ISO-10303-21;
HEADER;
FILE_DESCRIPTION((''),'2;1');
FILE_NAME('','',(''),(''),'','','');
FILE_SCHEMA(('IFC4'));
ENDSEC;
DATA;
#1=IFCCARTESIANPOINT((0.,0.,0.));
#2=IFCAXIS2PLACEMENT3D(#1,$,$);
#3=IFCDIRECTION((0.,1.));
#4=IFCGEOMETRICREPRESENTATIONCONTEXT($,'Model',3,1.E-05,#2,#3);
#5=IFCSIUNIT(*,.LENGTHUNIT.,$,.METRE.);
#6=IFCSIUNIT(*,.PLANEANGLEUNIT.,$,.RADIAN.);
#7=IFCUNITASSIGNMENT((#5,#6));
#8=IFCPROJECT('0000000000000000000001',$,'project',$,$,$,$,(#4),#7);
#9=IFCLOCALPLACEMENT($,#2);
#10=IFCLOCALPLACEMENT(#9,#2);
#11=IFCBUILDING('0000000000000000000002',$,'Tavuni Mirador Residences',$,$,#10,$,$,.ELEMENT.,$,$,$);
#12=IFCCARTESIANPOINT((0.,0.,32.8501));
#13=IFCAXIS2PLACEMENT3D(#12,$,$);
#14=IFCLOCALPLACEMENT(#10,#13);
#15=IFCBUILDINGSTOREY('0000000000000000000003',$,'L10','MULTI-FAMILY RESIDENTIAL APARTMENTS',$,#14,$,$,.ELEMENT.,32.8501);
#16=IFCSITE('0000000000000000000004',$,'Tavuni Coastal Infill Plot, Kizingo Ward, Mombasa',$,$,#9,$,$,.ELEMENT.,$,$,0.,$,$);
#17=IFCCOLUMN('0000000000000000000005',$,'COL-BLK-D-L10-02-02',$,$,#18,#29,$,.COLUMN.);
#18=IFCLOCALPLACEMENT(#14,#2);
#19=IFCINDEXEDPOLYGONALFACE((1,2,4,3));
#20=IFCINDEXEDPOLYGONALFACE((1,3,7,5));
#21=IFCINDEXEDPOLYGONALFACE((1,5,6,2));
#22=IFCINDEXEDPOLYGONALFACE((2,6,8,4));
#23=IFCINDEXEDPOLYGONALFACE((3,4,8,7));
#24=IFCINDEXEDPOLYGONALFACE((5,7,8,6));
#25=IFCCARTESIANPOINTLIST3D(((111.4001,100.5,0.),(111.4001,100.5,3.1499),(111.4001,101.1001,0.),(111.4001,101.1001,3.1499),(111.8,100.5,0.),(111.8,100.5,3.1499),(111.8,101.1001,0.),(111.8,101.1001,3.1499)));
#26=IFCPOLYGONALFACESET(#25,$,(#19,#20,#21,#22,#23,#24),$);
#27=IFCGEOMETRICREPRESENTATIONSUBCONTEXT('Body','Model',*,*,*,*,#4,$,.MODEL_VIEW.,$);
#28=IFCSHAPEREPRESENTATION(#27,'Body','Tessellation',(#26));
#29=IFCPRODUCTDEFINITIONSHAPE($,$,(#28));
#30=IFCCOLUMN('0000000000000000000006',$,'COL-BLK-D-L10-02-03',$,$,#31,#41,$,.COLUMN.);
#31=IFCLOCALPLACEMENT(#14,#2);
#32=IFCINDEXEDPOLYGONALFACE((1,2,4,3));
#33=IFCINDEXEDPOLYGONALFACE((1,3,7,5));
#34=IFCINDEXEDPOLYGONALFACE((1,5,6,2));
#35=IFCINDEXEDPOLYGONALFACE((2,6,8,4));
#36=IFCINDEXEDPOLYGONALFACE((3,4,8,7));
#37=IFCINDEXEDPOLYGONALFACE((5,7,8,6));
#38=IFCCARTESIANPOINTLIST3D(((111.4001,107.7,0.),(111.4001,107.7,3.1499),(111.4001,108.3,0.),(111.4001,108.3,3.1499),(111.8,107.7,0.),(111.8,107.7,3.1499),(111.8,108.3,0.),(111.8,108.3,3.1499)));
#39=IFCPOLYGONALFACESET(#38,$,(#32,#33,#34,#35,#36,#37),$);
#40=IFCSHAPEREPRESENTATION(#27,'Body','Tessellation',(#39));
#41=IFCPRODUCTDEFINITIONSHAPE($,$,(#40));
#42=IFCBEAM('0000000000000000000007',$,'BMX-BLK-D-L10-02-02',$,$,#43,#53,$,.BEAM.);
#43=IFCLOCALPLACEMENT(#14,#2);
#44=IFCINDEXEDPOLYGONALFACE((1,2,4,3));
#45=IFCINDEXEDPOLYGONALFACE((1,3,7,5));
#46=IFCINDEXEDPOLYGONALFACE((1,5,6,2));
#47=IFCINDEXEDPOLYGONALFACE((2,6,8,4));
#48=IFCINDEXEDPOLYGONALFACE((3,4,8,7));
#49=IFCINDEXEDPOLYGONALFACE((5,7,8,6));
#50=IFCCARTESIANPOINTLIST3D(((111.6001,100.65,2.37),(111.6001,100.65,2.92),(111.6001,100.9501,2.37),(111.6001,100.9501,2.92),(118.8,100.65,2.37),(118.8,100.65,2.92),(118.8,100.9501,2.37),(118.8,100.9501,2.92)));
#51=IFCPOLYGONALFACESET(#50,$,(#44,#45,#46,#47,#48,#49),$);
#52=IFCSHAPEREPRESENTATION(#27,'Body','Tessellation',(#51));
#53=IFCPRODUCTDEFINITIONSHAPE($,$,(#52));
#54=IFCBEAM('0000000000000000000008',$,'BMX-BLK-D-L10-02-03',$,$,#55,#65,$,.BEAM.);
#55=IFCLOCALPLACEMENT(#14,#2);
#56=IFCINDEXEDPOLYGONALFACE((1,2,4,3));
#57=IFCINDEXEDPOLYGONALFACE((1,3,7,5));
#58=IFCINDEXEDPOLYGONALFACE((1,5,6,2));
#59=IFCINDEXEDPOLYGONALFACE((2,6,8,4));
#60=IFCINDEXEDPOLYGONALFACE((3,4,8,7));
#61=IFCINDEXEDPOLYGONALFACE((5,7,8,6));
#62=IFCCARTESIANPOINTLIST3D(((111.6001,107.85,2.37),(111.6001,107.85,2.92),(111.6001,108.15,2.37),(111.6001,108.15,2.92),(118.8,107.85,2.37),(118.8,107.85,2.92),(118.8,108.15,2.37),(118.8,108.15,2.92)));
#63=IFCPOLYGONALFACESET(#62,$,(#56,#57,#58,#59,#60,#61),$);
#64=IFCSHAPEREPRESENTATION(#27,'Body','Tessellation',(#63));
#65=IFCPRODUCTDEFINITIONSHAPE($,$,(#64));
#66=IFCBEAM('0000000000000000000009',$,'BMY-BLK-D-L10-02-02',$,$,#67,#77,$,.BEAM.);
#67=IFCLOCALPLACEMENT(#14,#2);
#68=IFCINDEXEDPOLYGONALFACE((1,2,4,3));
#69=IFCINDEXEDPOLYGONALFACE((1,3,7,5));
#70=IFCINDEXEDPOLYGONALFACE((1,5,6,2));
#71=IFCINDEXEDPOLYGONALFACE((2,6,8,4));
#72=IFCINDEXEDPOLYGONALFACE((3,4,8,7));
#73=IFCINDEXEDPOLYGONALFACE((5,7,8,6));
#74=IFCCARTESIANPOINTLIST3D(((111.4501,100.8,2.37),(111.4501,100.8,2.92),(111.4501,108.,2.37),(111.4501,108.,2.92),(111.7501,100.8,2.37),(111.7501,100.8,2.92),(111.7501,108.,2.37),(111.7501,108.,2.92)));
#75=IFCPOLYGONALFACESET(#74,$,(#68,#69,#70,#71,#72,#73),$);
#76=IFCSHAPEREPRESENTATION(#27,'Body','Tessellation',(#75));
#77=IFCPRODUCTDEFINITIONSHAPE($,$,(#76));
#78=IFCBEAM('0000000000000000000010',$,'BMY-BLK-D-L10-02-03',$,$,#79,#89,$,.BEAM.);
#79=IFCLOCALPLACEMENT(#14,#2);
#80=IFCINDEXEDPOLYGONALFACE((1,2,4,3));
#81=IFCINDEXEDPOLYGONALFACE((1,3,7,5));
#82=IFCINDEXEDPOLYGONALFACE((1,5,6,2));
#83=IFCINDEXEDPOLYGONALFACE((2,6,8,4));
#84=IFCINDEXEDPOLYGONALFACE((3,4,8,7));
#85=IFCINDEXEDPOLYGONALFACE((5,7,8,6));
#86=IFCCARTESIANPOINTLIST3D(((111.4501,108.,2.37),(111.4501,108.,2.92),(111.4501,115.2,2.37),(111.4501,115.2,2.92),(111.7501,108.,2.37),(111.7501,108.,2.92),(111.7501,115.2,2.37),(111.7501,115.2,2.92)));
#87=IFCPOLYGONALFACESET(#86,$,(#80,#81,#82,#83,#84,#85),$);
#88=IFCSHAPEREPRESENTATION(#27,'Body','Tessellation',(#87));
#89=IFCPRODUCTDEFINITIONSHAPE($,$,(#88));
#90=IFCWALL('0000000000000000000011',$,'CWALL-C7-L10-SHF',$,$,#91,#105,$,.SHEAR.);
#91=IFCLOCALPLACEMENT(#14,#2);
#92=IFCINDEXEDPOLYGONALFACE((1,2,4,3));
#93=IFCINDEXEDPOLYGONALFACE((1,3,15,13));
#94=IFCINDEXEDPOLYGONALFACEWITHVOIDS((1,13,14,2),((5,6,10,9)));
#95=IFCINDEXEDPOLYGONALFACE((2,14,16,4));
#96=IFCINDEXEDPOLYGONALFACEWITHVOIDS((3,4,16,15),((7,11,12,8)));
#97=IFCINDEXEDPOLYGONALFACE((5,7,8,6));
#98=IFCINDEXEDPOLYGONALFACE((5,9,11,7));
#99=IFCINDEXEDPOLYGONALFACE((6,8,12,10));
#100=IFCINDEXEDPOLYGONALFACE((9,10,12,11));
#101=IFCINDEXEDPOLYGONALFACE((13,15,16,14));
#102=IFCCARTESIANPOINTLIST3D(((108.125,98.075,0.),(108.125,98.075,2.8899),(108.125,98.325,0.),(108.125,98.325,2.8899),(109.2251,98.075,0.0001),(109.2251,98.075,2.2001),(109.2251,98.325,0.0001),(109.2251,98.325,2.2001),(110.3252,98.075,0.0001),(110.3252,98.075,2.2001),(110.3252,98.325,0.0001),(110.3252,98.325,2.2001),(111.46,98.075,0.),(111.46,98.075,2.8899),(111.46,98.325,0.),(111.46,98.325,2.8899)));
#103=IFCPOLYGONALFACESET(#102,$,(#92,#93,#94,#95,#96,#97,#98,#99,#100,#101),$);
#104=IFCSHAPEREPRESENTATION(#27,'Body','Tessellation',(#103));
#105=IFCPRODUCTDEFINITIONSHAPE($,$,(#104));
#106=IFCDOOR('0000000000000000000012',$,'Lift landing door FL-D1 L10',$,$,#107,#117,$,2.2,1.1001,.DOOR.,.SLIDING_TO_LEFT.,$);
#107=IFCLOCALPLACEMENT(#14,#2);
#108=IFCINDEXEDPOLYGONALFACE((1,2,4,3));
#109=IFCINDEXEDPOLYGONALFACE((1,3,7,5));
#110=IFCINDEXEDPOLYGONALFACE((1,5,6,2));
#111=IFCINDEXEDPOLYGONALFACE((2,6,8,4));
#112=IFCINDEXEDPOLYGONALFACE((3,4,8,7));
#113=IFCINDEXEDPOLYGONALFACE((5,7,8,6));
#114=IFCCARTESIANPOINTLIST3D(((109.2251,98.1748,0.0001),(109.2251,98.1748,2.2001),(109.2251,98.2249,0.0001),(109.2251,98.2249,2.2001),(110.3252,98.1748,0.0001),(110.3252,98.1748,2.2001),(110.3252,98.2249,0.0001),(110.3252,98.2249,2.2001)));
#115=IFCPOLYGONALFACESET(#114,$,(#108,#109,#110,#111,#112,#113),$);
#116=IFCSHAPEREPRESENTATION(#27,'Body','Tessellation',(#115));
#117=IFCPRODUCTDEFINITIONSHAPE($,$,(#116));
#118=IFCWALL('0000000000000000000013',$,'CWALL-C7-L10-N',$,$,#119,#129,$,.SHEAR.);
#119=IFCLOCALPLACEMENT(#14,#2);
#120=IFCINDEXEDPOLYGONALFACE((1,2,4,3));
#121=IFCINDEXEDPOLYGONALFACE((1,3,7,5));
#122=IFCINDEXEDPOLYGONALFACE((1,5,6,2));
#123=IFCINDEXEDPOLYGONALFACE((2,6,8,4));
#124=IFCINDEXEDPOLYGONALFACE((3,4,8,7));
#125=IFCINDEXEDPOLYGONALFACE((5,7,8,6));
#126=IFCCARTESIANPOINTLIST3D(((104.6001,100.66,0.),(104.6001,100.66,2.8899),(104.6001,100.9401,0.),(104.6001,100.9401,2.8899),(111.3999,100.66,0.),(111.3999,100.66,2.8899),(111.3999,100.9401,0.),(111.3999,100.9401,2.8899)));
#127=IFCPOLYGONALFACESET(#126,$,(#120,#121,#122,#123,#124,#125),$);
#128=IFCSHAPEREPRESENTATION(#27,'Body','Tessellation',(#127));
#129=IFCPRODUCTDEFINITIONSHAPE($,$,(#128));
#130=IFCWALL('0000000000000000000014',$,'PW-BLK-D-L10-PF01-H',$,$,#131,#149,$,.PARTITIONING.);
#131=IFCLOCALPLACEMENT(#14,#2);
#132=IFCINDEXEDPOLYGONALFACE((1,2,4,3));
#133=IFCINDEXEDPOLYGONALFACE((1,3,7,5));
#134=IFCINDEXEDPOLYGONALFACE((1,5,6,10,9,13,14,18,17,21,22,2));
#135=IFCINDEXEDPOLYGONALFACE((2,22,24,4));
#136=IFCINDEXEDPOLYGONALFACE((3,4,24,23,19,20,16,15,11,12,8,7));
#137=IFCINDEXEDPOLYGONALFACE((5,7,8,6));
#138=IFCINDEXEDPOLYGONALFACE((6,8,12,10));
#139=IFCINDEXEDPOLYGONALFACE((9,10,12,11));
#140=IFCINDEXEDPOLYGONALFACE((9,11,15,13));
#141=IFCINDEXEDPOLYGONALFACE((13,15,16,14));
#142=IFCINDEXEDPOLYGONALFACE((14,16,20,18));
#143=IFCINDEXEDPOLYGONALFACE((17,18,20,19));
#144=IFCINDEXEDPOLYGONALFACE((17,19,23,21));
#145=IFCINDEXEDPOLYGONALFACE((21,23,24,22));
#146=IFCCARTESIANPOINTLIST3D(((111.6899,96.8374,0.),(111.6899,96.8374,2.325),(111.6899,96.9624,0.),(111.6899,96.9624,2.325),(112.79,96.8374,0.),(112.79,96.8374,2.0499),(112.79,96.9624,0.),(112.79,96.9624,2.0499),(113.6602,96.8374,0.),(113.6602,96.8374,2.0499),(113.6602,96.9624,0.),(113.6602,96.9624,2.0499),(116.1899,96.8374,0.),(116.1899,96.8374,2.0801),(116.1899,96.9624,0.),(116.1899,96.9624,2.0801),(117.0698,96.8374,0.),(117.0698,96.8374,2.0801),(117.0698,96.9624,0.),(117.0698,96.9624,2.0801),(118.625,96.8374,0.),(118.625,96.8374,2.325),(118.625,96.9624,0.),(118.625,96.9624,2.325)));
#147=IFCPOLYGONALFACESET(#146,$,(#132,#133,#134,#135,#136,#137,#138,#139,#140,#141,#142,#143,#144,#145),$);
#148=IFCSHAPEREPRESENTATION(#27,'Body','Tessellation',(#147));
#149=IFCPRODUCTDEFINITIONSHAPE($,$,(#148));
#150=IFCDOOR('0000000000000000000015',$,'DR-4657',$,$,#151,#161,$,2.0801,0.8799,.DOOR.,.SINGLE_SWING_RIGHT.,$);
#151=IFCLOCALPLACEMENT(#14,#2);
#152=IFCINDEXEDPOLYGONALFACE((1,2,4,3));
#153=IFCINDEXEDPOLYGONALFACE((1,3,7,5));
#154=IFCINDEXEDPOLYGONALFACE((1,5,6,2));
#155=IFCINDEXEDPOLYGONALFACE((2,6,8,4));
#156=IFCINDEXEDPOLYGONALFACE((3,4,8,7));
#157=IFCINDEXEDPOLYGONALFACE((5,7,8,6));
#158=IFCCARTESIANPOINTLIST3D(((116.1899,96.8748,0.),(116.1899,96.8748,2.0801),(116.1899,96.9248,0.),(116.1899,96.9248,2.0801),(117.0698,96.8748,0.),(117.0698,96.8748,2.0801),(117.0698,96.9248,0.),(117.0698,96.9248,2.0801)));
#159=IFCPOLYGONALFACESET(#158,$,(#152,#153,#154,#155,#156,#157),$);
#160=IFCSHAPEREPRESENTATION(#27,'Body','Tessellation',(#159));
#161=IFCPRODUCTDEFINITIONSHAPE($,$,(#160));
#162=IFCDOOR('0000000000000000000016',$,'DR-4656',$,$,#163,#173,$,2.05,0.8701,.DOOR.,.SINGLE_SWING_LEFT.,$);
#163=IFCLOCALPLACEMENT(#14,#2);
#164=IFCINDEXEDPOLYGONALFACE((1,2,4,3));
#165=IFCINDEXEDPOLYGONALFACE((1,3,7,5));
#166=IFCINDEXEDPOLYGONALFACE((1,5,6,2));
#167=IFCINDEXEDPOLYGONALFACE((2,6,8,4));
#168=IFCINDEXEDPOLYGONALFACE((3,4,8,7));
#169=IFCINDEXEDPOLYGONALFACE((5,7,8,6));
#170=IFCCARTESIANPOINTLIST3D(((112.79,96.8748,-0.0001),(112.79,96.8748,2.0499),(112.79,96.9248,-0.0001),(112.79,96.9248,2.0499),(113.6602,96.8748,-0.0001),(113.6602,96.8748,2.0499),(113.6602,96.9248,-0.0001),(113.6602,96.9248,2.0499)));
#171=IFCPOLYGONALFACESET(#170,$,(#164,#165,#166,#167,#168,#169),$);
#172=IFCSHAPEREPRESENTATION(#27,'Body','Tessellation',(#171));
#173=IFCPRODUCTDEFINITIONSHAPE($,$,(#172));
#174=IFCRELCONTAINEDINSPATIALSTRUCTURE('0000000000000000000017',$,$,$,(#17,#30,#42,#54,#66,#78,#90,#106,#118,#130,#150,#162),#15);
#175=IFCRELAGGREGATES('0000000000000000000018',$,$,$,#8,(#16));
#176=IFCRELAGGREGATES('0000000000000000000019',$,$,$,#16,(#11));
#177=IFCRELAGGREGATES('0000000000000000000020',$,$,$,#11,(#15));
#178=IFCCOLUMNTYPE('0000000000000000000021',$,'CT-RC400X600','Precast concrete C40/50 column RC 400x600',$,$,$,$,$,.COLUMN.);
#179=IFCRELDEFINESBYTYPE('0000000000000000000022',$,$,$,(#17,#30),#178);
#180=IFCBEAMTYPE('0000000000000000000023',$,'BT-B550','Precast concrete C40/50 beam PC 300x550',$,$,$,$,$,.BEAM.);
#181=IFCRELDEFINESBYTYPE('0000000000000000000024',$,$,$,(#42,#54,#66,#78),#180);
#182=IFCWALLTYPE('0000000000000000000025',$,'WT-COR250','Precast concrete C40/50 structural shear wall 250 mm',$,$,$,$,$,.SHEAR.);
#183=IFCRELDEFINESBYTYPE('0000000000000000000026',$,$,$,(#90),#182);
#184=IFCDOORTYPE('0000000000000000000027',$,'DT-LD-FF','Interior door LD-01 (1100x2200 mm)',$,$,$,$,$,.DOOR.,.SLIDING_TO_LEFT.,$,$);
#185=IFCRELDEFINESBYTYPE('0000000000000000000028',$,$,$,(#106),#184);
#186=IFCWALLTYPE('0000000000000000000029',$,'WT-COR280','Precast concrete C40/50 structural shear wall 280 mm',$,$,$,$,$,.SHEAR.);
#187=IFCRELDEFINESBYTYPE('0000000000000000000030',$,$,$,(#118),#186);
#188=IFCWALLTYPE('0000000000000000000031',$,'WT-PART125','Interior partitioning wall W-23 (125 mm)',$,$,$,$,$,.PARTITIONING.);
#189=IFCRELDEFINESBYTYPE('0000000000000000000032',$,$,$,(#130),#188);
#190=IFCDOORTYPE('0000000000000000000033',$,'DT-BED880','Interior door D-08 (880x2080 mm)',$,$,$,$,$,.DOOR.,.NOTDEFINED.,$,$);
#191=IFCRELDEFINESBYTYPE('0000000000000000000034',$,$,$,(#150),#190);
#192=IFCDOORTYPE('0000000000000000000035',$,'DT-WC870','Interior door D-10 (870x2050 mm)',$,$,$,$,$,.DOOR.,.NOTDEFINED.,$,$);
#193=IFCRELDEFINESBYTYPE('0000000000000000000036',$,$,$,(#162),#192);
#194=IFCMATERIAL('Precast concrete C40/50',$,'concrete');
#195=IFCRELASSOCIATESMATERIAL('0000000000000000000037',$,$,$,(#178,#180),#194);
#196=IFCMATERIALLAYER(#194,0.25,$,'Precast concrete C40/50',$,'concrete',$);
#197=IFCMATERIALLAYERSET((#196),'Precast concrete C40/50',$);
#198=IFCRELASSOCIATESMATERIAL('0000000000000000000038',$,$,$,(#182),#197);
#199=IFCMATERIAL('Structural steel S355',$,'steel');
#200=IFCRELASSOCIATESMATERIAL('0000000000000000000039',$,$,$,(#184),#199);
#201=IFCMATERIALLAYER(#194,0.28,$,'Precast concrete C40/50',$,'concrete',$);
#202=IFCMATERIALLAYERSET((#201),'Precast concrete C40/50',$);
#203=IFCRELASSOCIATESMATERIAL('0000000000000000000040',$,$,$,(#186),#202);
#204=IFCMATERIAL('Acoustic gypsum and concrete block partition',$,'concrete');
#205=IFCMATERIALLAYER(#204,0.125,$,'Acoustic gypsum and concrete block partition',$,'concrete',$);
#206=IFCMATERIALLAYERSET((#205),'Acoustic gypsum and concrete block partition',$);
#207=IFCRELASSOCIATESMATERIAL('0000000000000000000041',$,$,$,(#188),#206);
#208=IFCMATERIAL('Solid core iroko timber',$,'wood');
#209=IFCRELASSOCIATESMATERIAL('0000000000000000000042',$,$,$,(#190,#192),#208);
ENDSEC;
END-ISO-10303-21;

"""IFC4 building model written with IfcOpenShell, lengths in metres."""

from ifc_helpers import new_model, si_unit, direction, frame, frame_2d, origin, origin_2d, place, context, subcontext, project, spatial, rectangle, extrude, material, layer, layer_set, material_profile, profile_set, type_object, element, fill, save


model = new_model("IFC4")

# Units and contexts
model_context = context("Model", 3, precision=1e-05, world=origin(), true_north=direction((0.0, 1.0)))
body_context = subcontext(model_context, "Body", "Model", "MODEL_VIEW")
ifc_project = project(units=[si_unit("LENGTHUNIT", "METRE"), si_unit("PLANEANGLEUNIT", "RADIAN")], contexts=[model_context])

# Site, building, storey
site_placement = place(None, origin())
site = spatial("IfcSite", under=ifc_project, at=site_placement, Name="Tavuni Coastal Infill Plot, Kizingo Ward, Mombasa", CompositionType="ELEMENT", RefElevation=0.0)
building_placement = place(site_placement, origin())
building = spatial("IfcBuilding", under=site, at=building_placement, Name="Tavuni Mirador Residences", CompositionType="ELEMENT")
storey_placement = place(building_placement, frame((0.0, 0.0, 32.8501)))
storey = spatial("IfcBuildingStorey", under=building, at=storey_placement, Name="L10", Description="MULTI-FAMILY RESIDENTIAL APARTMENTS", CompositionType="ELEMENT", Elevation=32.8501)

# Columns
ifc_material_1 = material(Name="Precast concrete C40/50", Category="concrete")
ifc_material_profile_1 = material_profile(ifc_material_1, rectangle(XDim=0.3999, YDim=0.6001, at=origin_2d()), Name="RC 400x600", Category="concrete")
ifc_profile_set_1 = profile_set([ifc_material_profile_1], Name="Precast concrete C40/50")
column_type = type_object("IfcColumnType", Name="CT-RC400X600", Description="Precast concrete C40/50 column RC 400x600", PredefinedType="COLUMN", material=ifc_profile_set_1)
for number, where, z_axis, x_axis, name in (
    (1, (111.6001, 100.8, 0.0), (0.0, 0.0, 1.0), (1.0, 0.0, 0.0), "COL-BLK-D-L10-02-02"),
    (2, (111.6001, 108.0, 0.0), (0.0, 0.0, 1.0), (1.0, 0.0, 0.0), "COL-BLK-D-L10-02-03"),
):
    element("IfcColumn", number, at=place(storey_placement, frame(where, z_axis=z_axis, x_axis=x_axis)), inside=storey, type_object=column_type, Name=name, PredefinedType="COLUMN", context=body_context, shape_type="SweptSolid", body=[
        extrude(rectangle(XDim=0.3999, YDim=0.6001, at=origin_2d()), origin(), (0.0, 0.0, 1.0), 3.1499),
    ])

# Beams
ifc_material_profile_2 = material_profile(ifc_material_1, rectangle(XDim=0.3, YDim=0.55, at=origin_2d()), Name="PC 300x550", Category="concrete")
ifc_profile_set_2 = profile_set([ifc_material_profile_2], Name="Precast concrete C40/50")
beam_type = type_object("IfcBeamType", Name="BT-B550", Description="Precast concrete C40/50 beam PC 300x550", PredefinedType="BEAM", material=ifc_profile_set_2)
for number, where, z_axis, x_axis, name in (
    (3, (111.6001, 100.8, 2.645), (1.0, 0.0, 0.0), (0.0, 1.0, 0.0), "BMX-BLK-D-L10-02-02"),
    (4, (111.6001, 108.0, 2.645), (1.0, 0.0, 0.0), (0.0, 1.0, 0.0), "BMX-BLK-D-L10-02-03"),
    (5, (111.6001, 100.8, 2.645), (0.0, 1.0, 0.0), (-1.0, 0.0, 0.0), "BMY-BLK-D-L10-02-02"),
    (6, (111.6001, 108.0, 2.645), (0.0, 1.0, 0.0), (-1.0, 0.0, 0.0), "BMY-BLK-D-L10-02-03"),
):
    element("IfcBeam", number, at=place(storey_placement, frame(where, z_axis=z_axis, x_axis=x_axis)), inside=storey, type_object=beam_type, Name=name, PredefinedType="BEAM", context=body_context, shape_type="SweptSolid", body=[
        extrude(rectangle(XDim=0.3, YDim=0.55, at=origin_2d()), origin(), (0.0, 0.0, 1.0), 7.2),
    ])

# Wall, opening, door
ifc_layer_1 = layer(ifc_material_1, 0.25, Name="Precast concrete C40/50", Category="concrete")
ifc_layer_set_1 = layer_set([ifc_layer_1], Name="Precast concrete C40/50")
wall_type_1 = type_object("IfcWallType", Name="WT-COR250", Description="Precast concrete C40/50 structural shear wall 250 mm", PredefinedType="SHEAR", material=ifc_layer_set_1)
wall_1_placement = place(storey_placement, frame((108.125, 98.2, 0.0), z_axis=(0.0, 0.0, 1.0), x_axis=(1.0, 0.0, 0.0)))
wall_1 = element("IfcWall", 7, at=wall_1_placement, inside=storey, type_object=wall_type_1, Name="CWALL-C7-L10-SHF", PredefinedType="SHEAR", context=body_context, shape_type="SweptSolid", body=[
    extrude(rectangle(XDim=3.335, YDim=0.25, at=frame_2d((1.6675, 0.0))), origin(), (0.0, 0.0, 1.0), 2.8899),
])
opening_1_placement = place(wall_1_placement, frame((1.1001, 0.0, 0.0)))
opening_1 = element("IfcOpeningElement", 8, at=opening_1_placement, cuts=wall_1, PredefinedType="OPENING", context=body_context, shape_type="SweptSolid", body=[
    extrude(rectangle(XDim=1.1001, YDim=2.2, at=frame_2d((0.55, 1.1001))), frame((0.0, 0.135, 0.0), z_axis=(0.0, -1.0, 0.0), x_axis=(1.0, 0.0, 0.0)), (0.0, 0.0, 1.0), 0.27),
])
ifc_material_2 = material(Name="Structural steel S355", Category="steel")
door_type_1 = type_object("IfcDoorType", Name="DT-LD-FF", Description="Interior door LD-01 (1100x2200 mm)", OperationType="SLIDING_TO_LEFT", PredefinedType="DOOR", material=ifc_material_2)
door_1_placement = place(opening_1_placement, origin())
door_1 = element("IfcDoor", 9, at=door_1_placement, inside=storey, type_object=door_type_1, Name="Lift landing door FL-D1 L10", OperationType="SLIDING_TO_LEFT", OverallHeight=2.2, OverallWidth=1.1001, PredefinedType="DOOR", context=body_context, shape_type="SweptSolid", body=[
    extrude(rectangle(XDim=1.1001, YDim=2.2, at=frame_2d((0.55, 1.1001))), frame((0.0, 0.0249, 0.0), z_axis=(0.0, -1.0, 0.0), x_axis=(1.0, 0.0, 0.0)), (0.0, 0.0, 1.0), 0.05),
])
fill(opening_1, door_1)
ifc_material_3 = material(Name="Solid core iroko timber", Category="wood")

# Wall
ifc_layer_2 = layer(ifc_material_1, 0.28, Name="Precast concrete C40/50", Category="concrete")
ifc_layer_set_2 = layer_set([ifc_layer_2], Name="Precast concrete C40/50")
wall_type_2 = type_object("IfcWallType", Name="WT-COR280", Description="Precast concrete C40/50 structural shear wall 280 mm", PredefinedType="SHEAR", material=ifc_layer_set_2)
wall_2_placement = place(storey_placement, frame((104.6001, 100.8, 0.0), z_axis=(0.0, 0.0, 1.0), x_axis=(1.0, 0.0, 0.0)))
element("IfcWall", 10, at=wall_2_placement, inside=storey, type_object=wall_type_2, Name="CWALL-C7-L10-N", PredefinedType="SHEAR", context=body_context, shape_type="SweptSolid", body=[
    extrude(rectangle(XDim=6.7998, YDim=0.28, at=frame_2d((3.3999, 0.0))), origin(), (0.0, 0.0, 1.0), 2.8899),
])

# Wall, openings, doors
ifc_material_4 = material(Name="Acoustic gypsum and concrete block partition", Category="concrete")
ifc_layer_3 = layer(ifc_material_4, 0.125, Name="Acoustic gypsum and concrete block partition", Category="concrete")
ifc_layer_set_3 = layer_set([ifc_layer_3], Name="Acoustic gypsum and concrete block partition")
wall_type_3 = type_object("IfcWallType", Name="WT-PART125", Description="Interior partitioning wall W-23 (125 mm)", PredefinedType="PARTITIONING", material=ifc_layer_set_3)
wall_3_placement = place(storey_placement, frame((111.6899, 96.8999, 0.0), z_axis=(0.0, 0.0, 1.0), x_axis=(1.0, 0.0, 0.0)))
wall_3 = element("IfcWall", 11, at=wall_3_placement, inside=storey, type_object=wall_type_3, Name="PW-BLK-D-L10-PF01-H", PredefinedType="PARTITIONING", context=body_context, shape_type="SweptSolid", body=[
    extrude(rectangle(XDim=6.9351, YDim=0.125, at=frame_2d((3.4675, 0.0))), origin(), (0.0, 0.0, 1.0), 2.325),
])
opening_2_placement = place(wall_3_placement, frame((1.1001, 0.0, 0.0)))
opening_2 = element("IfcOpeningElement", 12, at=opening_2_placement, cuts=wall_3, PredefinedType="OPENING", context=body_context, shape_type="SweptSolid", body=[
    extrude(rectangle(XDim=0.8701, YDim=2.05, at=frame_2d((0.4351, 1.0249))), frame((0.0, 0.0725, 0.0), z_axis=(0.0, -1.0, 0.0), x_axis=(1.0, 0.0, 0.0)), (0.0, 0.0, 1.0), 0.145),
])
opening_3_placement = place(wall_3_placement, frame((4.5, 0.0, 0.0)))
opening_3 = element("IfcOpeningElement", 13, at=opening_3_placement, cuts=wall_3, PredefinedType="OPENING", context=body_context, shape_type="SweptSolid", body=[
    extrude(rectangle(XDim=0.8799, YDim=2.0801, at=frame_2d((0.4399, 1.04))), frame((0.0, 0.0725, 0.0), z_axis=(0.0, -1.0, 0.0), x_axis=(1.0, 0.0, 0.0)), (0.0, 0.0, 1.0), 0.145),
])
door_type_2 = type_object("IfcDoorType", Name="DT-BED880", Description="Interior door D-08 (880x2080 mm)", OperationType="NOTDEFINED", PredefinedType="DOOR", material=ifc_material_3)
door_2_placement = place(opening_3_placement, origin())
door_2 = element("IfcDoor", 14, at=door_2_placement, inside=storey, type_object=door_type_2, Name="DR-4657", OperationType="SINGLE_SWING_RIGHT", OverallHeight=2.0801, OverallWidth=0.8799, PredefinedType="DOOR", context=body_context, shape_type="SweptSolid", body=[
    extrude(rectangle(XDim=0.8799, YDim=2.0801, at=frame_2d((0.4399, 1.04))), frame((0.0, 0.0249, 0.0), z_axis=(0.0, -1.0, 0.0), x_axis=(1.0, 0.0, 0.0)), (0.0, 0.0, 1.0), 0.05),
])
fill(opening_3, door_2)
door_type_3 = type_object("IfcDoorType", Name="DT-WC870", Description="Interior door D-10 (870x2050 mm)", OperationType="NOTDEFINED", PredefinedType="DOOR", material=ifc_material_3)
door_3_placement = place(opening_2_placement, origin())
door_3 = element("IfcDoor", 15, at=door_3_placement, inside=storey, type_object=door_type_3, Name="DR-4656", OperationType="SINGLE_SWING_LEFT", OverallHeight=2.05, OverallWidth=0.8701, PredefinedType="DOOR", context=body_context, shape_type="SweptSolid", body=[
    extrude(rectangle(XDim=0.8701, YDim=2.05, at=frame_2d((0.4351, 1.0249))), frame((0.0, 0.0249, 0.0), z_axis=(0.0, -1.0, 0.0), x_axis=(1.0, 0.0, 0.0)), (0.0, 0.0, 1.0), 0.05),
])
fill(opening_2, door_3)

save(model, "model.ifc")
